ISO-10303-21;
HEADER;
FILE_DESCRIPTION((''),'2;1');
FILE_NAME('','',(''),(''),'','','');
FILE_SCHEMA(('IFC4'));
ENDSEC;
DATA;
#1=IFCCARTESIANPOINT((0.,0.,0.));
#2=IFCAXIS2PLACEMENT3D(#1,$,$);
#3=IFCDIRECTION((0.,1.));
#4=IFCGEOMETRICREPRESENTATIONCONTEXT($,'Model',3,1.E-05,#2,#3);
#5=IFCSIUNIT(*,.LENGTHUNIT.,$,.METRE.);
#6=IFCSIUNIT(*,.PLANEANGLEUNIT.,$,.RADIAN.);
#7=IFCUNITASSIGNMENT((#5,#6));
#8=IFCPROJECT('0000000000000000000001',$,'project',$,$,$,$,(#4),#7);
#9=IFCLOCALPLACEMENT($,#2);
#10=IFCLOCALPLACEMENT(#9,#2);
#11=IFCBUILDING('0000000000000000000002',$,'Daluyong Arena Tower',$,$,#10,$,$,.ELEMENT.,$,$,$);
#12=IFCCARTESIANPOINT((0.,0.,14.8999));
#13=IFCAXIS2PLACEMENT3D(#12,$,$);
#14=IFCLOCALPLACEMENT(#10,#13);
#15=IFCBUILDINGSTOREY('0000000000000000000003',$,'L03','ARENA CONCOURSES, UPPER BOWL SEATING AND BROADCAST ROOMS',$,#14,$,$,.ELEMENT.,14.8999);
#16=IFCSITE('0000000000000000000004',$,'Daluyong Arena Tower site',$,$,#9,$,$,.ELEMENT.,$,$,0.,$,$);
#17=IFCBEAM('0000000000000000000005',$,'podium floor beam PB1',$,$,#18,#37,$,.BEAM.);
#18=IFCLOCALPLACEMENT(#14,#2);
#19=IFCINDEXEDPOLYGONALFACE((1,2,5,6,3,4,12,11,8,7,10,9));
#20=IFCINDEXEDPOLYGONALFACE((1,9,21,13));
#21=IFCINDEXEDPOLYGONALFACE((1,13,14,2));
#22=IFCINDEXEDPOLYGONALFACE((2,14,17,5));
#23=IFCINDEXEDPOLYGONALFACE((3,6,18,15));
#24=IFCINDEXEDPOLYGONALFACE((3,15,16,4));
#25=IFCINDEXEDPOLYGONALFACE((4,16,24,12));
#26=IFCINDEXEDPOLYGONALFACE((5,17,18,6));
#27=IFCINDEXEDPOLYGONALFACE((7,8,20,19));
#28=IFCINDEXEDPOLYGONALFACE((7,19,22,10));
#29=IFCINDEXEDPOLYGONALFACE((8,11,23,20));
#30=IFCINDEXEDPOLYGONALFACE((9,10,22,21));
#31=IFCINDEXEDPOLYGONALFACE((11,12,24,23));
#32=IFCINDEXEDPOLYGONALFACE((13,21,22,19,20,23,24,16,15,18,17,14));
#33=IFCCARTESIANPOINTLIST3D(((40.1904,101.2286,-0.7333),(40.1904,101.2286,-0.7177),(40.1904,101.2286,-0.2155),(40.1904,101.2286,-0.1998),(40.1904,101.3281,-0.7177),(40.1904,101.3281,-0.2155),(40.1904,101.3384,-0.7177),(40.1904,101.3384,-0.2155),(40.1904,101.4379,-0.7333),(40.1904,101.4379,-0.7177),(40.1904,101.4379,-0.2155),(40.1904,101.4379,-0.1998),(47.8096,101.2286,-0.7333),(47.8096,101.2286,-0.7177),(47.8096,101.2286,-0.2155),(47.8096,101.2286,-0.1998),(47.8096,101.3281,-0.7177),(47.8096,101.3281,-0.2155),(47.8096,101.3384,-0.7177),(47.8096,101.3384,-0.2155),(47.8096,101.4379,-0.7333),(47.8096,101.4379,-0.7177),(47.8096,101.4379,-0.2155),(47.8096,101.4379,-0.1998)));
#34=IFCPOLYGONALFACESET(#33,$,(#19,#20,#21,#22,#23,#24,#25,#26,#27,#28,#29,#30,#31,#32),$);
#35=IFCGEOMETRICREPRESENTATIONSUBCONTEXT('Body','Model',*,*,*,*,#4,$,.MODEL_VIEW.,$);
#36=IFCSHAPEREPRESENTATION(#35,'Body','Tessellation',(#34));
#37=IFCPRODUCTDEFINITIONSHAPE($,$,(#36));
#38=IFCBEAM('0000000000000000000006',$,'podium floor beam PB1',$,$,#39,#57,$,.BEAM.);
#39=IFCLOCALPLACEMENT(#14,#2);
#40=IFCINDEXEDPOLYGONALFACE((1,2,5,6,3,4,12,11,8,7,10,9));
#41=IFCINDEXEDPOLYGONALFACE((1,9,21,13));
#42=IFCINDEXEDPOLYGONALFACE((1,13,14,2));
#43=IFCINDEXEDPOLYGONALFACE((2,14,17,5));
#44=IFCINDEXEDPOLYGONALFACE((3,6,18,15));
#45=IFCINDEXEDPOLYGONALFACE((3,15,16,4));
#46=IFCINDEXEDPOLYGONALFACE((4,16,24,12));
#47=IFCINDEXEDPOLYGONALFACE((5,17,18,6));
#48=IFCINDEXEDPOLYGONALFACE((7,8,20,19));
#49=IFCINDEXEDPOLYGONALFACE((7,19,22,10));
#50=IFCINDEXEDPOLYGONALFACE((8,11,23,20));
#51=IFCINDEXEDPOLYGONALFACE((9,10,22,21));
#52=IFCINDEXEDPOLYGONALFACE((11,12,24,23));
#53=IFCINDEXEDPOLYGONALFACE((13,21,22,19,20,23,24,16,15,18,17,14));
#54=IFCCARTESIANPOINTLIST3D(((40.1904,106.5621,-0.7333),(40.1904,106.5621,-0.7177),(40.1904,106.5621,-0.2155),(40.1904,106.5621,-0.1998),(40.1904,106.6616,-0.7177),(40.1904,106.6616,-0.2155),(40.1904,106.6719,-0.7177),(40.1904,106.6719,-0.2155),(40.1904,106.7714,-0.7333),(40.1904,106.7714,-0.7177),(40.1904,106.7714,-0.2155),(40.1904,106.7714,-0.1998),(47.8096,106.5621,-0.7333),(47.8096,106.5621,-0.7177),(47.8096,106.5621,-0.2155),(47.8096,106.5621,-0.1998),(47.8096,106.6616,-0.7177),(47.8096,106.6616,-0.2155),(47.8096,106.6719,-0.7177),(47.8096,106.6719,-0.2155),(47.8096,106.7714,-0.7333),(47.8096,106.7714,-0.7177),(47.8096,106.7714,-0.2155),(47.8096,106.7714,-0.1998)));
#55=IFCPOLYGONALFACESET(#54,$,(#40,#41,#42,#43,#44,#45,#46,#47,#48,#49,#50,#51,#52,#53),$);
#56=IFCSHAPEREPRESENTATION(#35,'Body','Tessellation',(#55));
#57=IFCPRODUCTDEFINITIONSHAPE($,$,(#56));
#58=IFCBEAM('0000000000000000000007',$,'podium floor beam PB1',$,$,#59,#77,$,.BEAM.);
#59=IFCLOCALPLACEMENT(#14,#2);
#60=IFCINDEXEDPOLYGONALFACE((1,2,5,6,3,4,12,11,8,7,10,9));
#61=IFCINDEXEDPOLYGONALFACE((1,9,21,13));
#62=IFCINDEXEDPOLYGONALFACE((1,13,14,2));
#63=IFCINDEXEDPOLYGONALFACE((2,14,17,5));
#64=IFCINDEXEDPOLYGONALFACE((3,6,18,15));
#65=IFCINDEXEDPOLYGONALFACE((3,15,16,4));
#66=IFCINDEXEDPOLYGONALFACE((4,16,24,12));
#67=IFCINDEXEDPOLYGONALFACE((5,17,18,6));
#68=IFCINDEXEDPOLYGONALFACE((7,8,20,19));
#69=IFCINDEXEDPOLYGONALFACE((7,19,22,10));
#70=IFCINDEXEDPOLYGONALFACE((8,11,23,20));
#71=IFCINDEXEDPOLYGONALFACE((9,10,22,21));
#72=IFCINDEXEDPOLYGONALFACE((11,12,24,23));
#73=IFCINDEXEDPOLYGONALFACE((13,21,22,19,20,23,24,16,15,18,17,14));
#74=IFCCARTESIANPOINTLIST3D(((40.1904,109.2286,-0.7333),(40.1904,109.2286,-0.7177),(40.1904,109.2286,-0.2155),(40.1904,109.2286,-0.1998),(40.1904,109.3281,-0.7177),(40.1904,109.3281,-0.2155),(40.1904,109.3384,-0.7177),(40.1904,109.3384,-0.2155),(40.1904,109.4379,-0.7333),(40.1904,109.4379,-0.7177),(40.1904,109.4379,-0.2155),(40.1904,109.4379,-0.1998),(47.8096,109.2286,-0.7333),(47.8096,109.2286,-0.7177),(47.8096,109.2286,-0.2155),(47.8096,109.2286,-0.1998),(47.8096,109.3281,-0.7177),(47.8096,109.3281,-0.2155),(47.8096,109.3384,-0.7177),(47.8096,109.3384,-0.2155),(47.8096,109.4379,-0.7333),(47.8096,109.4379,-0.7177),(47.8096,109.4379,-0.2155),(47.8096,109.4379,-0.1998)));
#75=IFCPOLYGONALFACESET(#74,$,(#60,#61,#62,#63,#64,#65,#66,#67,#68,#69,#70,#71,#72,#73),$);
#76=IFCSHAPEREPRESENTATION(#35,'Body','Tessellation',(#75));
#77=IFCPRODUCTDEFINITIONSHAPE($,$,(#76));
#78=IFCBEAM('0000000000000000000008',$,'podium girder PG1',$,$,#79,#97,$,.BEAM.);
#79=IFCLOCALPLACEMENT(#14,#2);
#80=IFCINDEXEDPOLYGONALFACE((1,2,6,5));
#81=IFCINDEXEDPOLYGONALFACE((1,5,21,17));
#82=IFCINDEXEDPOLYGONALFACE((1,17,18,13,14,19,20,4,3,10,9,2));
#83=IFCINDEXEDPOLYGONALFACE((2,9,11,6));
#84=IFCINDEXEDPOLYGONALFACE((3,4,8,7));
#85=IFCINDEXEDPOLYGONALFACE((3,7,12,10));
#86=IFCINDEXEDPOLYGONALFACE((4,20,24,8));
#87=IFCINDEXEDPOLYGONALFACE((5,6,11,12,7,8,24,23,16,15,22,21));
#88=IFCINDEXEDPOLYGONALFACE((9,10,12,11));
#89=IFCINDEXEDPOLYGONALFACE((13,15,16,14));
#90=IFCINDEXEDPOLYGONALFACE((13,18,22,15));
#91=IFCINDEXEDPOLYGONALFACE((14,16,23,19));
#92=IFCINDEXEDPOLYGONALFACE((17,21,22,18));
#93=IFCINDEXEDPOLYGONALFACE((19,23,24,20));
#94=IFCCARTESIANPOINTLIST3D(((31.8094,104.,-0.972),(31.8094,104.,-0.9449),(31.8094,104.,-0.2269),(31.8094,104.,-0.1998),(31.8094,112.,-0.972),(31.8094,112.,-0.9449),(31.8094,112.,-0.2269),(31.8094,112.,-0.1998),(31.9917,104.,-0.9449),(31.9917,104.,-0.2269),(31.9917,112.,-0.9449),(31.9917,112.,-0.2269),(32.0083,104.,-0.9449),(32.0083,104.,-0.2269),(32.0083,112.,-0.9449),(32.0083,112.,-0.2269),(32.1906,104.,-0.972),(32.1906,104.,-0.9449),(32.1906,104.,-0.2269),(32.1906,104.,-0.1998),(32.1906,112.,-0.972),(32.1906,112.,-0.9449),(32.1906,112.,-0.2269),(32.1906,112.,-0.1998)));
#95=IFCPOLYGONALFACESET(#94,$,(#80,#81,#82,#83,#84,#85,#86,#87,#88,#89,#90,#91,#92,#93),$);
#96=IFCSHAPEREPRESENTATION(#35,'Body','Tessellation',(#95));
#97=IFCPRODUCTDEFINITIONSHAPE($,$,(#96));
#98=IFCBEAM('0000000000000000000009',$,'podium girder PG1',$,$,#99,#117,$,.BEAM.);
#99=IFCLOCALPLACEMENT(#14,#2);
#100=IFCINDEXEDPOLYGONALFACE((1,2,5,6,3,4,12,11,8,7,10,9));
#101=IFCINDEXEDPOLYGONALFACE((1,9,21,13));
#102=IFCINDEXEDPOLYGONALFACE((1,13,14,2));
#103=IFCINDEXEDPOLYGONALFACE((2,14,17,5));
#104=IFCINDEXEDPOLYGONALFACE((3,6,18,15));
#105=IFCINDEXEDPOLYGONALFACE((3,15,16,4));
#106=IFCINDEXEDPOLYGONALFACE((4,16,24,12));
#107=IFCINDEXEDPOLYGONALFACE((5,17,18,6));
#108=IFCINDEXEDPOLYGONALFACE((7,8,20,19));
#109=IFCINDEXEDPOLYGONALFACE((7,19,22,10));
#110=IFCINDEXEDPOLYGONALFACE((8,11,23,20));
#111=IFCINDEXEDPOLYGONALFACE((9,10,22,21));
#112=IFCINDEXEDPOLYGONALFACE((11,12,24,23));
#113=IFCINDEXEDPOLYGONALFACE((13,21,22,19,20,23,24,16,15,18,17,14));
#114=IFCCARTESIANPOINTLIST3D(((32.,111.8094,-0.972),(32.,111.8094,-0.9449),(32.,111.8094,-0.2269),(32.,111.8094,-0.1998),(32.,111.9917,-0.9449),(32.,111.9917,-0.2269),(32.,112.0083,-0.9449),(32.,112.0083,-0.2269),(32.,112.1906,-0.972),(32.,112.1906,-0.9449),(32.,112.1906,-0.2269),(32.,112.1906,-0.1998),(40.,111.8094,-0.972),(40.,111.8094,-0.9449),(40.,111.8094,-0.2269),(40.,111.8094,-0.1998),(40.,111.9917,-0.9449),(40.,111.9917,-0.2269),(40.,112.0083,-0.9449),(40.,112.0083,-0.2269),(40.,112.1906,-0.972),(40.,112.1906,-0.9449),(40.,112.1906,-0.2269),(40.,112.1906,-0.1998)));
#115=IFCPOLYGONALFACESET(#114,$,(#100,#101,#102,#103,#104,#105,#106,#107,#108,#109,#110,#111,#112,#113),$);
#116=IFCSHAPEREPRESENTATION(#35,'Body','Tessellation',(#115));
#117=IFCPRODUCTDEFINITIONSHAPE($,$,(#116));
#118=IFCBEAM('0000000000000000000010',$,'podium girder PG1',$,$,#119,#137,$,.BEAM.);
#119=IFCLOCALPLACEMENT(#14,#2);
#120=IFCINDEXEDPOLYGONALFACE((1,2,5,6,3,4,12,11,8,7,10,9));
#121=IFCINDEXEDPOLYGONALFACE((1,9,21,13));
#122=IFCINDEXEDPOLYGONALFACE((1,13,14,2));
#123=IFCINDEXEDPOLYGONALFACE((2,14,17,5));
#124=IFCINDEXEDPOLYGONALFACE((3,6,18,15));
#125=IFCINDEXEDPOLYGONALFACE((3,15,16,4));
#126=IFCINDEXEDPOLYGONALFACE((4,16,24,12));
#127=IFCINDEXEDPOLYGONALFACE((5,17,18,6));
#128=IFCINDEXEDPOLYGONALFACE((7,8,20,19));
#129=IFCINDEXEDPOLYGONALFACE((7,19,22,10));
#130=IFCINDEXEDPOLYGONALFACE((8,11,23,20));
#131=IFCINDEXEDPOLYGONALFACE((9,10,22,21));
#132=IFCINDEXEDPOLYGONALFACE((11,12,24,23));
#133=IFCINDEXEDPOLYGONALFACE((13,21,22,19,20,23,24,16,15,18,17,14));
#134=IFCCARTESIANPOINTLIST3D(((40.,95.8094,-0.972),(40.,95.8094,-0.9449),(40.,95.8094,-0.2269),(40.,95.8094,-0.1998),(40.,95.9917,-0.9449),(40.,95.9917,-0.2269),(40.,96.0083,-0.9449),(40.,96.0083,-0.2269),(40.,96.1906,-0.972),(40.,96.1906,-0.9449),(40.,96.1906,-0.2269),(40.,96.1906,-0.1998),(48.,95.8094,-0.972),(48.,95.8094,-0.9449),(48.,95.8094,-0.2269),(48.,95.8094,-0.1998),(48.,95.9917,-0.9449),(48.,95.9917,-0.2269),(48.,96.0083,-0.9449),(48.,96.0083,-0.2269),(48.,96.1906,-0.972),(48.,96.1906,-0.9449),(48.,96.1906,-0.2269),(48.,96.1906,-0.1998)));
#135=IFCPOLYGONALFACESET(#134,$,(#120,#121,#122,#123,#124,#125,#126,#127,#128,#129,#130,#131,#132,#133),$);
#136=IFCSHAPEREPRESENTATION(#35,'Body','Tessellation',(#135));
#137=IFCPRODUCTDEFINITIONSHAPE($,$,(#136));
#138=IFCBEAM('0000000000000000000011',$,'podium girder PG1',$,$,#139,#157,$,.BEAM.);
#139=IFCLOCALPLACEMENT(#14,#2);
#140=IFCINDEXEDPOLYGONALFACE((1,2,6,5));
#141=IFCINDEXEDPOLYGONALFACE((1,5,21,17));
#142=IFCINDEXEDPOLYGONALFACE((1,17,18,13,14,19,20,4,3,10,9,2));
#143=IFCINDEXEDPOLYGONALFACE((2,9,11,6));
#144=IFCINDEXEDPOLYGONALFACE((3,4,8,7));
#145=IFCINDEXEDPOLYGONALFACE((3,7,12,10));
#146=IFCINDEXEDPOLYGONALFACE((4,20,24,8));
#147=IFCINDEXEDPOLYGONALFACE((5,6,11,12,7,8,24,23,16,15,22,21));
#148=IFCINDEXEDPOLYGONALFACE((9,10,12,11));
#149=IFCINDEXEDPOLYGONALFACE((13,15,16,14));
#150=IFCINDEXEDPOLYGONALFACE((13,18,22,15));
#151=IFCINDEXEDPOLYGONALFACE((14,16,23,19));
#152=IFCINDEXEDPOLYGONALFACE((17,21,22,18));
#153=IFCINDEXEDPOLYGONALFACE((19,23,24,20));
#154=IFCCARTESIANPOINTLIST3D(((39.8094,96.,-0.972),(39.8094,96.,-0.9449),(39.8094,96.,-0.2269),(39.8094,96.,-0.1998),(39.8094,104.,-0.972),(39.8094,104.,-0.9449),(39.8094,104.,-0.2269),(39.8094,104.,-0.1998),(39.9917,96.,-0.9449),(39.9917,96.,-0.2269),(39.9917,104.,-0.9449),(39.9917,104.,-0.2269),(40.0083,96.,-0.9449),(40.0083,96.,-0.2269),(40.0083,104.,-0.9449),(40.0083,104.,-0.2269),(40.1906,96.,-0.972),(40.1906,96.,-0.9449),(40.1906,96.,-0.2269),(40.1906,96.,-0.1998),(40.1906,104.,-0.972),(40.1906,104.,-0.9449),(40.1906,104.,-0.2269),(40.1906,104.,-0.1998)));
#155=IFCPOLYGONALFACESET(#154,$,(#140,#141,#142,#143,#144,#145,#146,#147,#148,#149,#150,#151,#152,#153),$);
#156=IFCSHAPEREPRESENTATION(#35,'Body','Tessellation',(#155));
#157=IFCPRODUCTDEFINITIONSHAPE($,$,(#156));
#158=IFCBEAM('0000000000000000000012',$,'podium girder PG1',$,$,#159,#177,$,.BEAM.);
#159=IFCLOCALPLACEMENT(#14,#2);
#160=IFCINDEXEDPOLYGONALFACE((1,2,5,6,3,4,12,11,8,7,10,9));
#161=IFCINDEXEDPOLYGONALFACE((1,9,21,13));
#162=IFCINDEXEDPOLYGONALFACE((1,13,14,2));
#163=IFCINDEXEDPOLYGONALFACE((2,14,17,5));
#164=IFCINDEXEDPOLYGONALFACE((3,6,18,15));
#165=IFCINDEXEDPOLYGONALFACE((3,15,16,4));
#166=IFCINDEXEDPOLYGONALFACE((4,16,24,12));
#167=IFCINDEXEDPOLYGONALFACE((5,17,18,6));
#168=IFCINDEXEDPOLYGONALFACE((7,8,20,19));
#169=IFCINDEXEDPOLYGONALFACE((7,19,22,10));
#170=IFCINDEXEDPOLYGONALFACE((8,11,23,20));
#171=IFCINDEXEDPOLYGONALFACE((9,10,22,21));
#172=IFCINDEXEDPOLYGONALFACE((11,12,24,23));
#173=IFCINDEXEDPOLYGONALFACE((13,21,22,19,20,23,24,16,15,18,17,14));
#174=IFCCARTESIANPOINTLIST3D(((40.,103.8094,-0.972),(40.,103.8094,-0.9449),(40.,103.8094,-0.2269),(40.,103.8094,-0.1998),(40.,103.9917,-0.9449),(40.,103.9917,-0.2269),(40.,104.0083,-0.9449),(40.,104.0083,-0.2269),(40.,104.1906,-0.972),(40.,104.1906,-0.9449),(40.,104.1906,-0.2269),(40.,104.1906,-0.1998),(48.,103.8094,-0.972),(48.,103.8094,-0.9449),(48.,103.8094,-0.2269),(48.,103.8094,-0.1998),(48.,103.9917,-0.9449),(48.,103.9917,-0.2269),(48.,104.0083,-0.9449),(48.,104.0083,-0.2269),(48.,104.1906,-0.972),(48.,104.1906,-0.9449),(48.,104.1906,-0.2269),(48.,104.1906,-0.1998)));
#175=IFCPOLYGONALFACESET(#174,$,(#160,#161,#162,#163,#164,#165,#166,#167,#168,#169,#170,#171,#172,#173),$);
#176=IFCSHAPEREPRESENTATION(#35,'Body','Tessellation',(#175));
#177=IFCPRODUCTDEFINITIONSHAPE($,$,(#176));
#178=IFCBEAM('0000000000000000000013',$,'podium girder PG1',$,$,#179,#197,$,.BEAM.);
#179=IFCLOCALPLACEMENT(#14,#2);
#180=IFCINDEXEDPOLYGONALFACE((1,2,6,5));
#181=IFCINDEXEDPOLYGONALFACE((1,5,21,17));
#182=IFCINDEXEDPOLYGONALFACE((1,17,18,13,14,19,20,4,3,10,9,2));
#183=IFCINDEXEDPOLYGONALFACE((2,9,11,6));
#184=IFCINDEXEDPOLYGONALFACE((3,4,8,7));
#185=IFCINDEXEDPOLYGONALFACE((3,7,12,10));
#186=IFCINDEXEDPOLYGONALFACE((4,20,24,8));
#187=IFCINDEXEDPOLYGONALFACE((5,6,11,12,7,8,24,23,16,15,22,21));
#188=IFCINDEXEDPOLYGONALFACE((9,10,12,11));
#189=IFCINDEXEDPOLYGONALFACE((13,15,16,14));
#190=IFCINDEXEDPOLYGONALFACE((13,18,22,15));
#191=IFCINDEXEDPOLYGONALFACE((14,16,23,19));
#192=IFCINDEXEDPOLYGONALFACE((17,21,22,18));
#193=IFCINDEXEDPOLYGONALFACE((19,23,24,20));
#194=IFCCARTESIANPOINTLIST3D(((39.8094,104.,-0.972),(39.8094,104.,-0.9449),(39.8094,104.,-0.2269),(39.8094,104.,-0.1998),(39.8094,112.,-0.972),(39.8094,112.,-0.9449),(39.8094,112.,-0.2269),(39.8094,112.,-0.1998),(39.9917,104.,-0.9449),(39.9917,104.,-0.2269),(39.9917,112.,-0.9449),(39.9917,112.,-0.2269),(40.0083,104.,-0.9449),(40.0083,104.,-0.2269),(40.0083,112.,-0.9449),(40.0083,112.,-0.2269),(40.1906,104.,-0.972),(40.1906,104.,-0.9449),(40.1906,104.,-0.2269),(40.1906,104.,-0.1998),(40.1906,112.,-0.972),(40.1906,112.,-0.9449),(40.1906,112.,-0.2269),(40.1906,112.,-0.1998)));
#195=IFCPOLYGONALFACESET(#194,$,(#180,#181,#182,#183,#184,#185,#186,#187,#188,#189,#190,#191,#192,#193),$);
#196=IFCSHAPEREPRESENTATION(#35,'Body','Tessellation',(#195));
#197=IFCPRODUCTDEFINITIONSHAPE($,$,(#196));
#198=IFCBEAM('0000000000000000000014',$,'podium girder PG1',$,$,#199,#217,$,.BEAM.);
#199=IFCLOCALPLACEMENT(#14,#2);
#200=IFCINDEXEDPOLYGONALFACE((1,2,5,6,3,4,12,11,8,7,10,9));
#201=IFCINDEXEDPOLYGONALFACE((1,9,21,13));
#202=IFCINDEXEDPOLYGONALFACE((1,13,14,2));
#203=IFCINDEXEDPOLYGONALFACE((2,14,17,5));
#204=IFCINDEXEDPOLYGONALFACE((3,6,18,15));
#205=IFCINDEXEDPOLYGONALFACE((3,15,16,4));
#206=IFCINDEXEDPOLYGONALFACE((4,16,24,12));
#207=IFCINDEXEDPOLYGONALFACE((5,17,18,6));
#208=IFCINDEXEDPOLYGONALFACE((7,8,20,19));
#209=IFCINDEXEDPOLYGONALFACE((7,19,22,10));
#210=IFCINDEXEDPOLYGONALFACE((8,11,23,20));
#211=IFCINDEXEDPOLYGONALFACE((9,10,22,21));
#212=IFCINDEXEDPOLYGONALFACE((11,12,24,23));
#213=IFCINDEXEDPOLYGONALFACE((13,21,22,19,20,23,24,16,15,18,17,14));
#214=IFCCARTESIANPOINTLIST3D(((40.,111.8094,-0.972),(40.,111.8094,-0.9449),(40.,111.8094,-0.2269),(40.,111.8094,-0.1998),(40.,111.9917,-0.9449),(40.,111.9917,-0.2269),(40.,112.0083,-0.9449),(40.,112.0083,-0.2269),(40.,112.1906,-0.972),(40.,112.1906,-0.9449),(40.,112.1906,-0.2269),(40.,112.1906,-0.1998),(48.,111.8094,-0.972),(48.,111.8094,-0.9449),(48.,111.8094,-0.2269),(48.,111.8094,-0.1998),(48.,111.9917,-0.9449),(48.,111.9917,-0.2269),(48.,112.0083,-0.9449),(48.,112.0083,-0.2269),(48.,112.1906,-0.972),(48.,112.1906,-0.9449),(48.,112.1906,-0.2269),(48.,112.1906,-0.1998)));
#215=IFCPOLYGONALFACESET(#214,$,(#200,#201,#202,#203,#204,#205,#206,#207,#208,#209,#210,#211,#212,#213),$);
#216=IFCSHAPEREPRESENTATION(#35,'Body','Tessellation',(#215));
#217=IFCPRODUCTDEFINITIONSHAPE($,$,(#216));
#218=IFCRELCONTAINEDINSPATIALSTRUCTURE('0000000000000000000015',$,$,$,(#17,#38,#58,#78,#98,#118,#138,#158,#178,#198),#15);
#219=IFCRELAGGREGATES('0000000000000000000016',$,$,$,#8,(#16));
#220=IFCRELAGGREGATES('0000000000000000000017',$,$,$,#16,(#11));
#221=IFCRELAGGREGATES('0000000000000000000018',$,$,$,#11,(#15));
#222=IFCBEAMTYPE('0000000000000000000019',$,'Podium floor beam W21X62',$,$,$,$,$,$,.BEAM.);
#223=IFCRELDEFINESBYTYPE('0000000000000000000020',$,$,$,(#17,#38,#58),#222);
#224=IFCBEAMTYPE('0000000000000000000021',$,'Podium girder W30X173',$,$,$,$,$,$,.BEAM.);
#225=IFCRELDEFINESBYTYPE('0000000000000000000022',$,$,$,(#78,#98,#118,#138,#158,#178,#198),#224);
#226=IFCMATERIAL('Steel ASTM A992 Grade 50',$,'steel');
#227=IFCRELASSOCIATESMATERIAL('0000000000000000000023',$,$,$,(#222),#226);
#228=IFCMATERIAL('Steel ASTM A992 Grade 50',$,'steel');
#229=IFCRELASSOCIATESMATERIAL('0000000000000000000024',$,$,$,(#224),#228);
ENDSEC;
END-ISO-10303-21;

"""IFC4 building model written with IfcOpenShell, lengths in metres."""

from ifc_helpers import new_model, si_unit, direction, frame, origin, origin_2d, place, context, subcontext, project, spatial, i_section, extrude, material, material_profile, profile_set, type_object, element, save


model = new_model("IFC4")

# Units and contexts
model_context = context("Model", 3, precision=1e-05, world=origin(), true_north=direction((0.0, 1.0)))
body_context = subcontext(model_context, "Body", "Model", "MODEL_VIEW")
ifc_project = project(units=[si_unit("LENGTHUNIT", "METRE"), si_unit("PLANEANGLEUNIT", "RADIAN")], contexts=[model_context])

# Site, building, storey
site_placement = place(None, origin())
site = spatial("IfcSite", under=ifc_project, at=site_placement, Name="Daluyong Arena Tower site", CompositionType="ELEMENT", RefElevation=0.0)
building_placement = place(site_placement, origin())
building = spatial("IfcBuilding", under=site, at=building_placement, Name="Daluyong Arena Tower", CompositionType="ELEMENT")
storey_placement = place(building_placement, frame((0.0, 0.0, 14.8999)))
storey = spatial("IfcBuildingStorey", under=building, at=storey_placement, Name="L03", Description="ARENA CONCOURSES, UPPER BOWL SEATING AND BROADCAST ROOMS", CompositionType="ELEMENT", Elevation=14.8999)

# Beams
ifc_material_1 = material(Name="Steel ASTM A992 Grade 50", Category="steel")
ifc_material_profile_1 = material_profile(ifc_material_1, i_section(OverallWidth=0.2092, OverallDepth=0.5334, WebThickness=0.0103, FlangeThickness=0.0156, at=origin_2d()))
ifc_profile_set_1 = profile_set([ifc_material_profile_1], Name="Steel ASTM A992 Grade 50")
beam_type_1 = type_object("IfcBeamType", Name="Podium floor beam W21X62", PredefinedType="BEAM", material=ifc_profile_set_1)
for number, where, z_axis, x_axis, name in (
    (1, (40.1904, 101.3333, -0.4666), (1.0, 0.0, 0.0), (0.0, 1.0, 0.0), "podium floor beam PB1"),
    (2, (40.1904, 106.6667, -0.4666), (1.0, 0.0, 0.0), (0.0, 1.0, 0.0), "podium floor beam PB1"),
    (3, (40.1904, 109.3333, -0.4666), (1.0, 0.0, 0.0), (0.0, 1.0, 0.0), "podium floor beam PB1"),
):
    element("IfcBeam", number, at=place(storey_placement, frame(where, z_axis=z_axis, x_axis=x_axis)), inside=storey, type_object=beam_type_1, Name=name, PredefinedType="BEAM", context=body_context, shape_type="SweptSolid", body=[
        extrude(i_section(OverallWidth=0.2092, OverallDepth=0.5334, WebThickness=0.0103, FlangeThickness=0.0156, at=origin_2d()), origin(), (0.0, 0.0, 1.0), 7.6191),
    ])
ifc_material_2 = material(Name="Steel ASTM A992 Grade 50", Category="steel")
ifc_material_profile_2 = material_profile(ifc_material_2, i_section(OverallWidth=0.3811, OverallDepth=0.7722, WebThickness=0.0166, FlangeThickness=0.0271, at=origin_2d()))
ifc_profile_set_2 = profile_set([ifc_material_profile_2], Name="Steel ASTM A992 Grade 50")
beam_type_2 = type_object("IfcBeamType", Name="Podium girder W30X173", PredefinedType="BEAM", material=ifc_profile_set_2)
for number, where, z_axis, x_axis, name in (
    (4, (32.0, 104.0, -0.5859), (0.0, 1.0, 0.0), (-1.0, 0.0, 0.0), "podium girder PG1"),
    (5, (32.0, 112.0, -0.5859), (1.0, 0.0, 0.0), (0.0, 1.0, 0.0), "podium girder PG1"),
    (6, (40.0, 96.0, -0.5859), (1.0, 0.0, 0.0), (0.0, 1.0, 0.0), "podium girder PG1"),
    (7, (40.0, 96.0, -0.5859), (0.0, 1.0, 0.0), (-1.0, 0.0, 0.0), "podium girder PG1"),
    (8, (40.0, 104.0, -0.5859), (1.0, 0.0, 0.0), (0.0, 1.0, 0.0), "podium girder PG1"),
    (9, (40.0, 104.0, -0.5859), (0.0, 1.0, 0.0), (-1.0, 0.0, 0.0), "podium girder PG1"),
    (10, (40.0, 112.0, -0.5859), (1.0, 0.0, 0.0), (0.0, 1.0, 0.0), "podium girder PG1"),
):
    element("IfcBeam", number, at=place(storey_placement, frame(where, z_axis=z_axis, x_axis=x_axis)), inside=storey, type_object=beam_type_2, Name=name, PredefinedType="BEAM", context=body_context, shape_type="SweptSolid", body=[
        extrude(i_section(OverallWidth=0.3811, OverallDepth=0.7722, WebThickness=0.0166, FlangeThickness=0.0271, at=origin_2d()), origin(), (0.0, 0.0, 1.0), 8.0),
    ])

save(model, "model.ifc")
